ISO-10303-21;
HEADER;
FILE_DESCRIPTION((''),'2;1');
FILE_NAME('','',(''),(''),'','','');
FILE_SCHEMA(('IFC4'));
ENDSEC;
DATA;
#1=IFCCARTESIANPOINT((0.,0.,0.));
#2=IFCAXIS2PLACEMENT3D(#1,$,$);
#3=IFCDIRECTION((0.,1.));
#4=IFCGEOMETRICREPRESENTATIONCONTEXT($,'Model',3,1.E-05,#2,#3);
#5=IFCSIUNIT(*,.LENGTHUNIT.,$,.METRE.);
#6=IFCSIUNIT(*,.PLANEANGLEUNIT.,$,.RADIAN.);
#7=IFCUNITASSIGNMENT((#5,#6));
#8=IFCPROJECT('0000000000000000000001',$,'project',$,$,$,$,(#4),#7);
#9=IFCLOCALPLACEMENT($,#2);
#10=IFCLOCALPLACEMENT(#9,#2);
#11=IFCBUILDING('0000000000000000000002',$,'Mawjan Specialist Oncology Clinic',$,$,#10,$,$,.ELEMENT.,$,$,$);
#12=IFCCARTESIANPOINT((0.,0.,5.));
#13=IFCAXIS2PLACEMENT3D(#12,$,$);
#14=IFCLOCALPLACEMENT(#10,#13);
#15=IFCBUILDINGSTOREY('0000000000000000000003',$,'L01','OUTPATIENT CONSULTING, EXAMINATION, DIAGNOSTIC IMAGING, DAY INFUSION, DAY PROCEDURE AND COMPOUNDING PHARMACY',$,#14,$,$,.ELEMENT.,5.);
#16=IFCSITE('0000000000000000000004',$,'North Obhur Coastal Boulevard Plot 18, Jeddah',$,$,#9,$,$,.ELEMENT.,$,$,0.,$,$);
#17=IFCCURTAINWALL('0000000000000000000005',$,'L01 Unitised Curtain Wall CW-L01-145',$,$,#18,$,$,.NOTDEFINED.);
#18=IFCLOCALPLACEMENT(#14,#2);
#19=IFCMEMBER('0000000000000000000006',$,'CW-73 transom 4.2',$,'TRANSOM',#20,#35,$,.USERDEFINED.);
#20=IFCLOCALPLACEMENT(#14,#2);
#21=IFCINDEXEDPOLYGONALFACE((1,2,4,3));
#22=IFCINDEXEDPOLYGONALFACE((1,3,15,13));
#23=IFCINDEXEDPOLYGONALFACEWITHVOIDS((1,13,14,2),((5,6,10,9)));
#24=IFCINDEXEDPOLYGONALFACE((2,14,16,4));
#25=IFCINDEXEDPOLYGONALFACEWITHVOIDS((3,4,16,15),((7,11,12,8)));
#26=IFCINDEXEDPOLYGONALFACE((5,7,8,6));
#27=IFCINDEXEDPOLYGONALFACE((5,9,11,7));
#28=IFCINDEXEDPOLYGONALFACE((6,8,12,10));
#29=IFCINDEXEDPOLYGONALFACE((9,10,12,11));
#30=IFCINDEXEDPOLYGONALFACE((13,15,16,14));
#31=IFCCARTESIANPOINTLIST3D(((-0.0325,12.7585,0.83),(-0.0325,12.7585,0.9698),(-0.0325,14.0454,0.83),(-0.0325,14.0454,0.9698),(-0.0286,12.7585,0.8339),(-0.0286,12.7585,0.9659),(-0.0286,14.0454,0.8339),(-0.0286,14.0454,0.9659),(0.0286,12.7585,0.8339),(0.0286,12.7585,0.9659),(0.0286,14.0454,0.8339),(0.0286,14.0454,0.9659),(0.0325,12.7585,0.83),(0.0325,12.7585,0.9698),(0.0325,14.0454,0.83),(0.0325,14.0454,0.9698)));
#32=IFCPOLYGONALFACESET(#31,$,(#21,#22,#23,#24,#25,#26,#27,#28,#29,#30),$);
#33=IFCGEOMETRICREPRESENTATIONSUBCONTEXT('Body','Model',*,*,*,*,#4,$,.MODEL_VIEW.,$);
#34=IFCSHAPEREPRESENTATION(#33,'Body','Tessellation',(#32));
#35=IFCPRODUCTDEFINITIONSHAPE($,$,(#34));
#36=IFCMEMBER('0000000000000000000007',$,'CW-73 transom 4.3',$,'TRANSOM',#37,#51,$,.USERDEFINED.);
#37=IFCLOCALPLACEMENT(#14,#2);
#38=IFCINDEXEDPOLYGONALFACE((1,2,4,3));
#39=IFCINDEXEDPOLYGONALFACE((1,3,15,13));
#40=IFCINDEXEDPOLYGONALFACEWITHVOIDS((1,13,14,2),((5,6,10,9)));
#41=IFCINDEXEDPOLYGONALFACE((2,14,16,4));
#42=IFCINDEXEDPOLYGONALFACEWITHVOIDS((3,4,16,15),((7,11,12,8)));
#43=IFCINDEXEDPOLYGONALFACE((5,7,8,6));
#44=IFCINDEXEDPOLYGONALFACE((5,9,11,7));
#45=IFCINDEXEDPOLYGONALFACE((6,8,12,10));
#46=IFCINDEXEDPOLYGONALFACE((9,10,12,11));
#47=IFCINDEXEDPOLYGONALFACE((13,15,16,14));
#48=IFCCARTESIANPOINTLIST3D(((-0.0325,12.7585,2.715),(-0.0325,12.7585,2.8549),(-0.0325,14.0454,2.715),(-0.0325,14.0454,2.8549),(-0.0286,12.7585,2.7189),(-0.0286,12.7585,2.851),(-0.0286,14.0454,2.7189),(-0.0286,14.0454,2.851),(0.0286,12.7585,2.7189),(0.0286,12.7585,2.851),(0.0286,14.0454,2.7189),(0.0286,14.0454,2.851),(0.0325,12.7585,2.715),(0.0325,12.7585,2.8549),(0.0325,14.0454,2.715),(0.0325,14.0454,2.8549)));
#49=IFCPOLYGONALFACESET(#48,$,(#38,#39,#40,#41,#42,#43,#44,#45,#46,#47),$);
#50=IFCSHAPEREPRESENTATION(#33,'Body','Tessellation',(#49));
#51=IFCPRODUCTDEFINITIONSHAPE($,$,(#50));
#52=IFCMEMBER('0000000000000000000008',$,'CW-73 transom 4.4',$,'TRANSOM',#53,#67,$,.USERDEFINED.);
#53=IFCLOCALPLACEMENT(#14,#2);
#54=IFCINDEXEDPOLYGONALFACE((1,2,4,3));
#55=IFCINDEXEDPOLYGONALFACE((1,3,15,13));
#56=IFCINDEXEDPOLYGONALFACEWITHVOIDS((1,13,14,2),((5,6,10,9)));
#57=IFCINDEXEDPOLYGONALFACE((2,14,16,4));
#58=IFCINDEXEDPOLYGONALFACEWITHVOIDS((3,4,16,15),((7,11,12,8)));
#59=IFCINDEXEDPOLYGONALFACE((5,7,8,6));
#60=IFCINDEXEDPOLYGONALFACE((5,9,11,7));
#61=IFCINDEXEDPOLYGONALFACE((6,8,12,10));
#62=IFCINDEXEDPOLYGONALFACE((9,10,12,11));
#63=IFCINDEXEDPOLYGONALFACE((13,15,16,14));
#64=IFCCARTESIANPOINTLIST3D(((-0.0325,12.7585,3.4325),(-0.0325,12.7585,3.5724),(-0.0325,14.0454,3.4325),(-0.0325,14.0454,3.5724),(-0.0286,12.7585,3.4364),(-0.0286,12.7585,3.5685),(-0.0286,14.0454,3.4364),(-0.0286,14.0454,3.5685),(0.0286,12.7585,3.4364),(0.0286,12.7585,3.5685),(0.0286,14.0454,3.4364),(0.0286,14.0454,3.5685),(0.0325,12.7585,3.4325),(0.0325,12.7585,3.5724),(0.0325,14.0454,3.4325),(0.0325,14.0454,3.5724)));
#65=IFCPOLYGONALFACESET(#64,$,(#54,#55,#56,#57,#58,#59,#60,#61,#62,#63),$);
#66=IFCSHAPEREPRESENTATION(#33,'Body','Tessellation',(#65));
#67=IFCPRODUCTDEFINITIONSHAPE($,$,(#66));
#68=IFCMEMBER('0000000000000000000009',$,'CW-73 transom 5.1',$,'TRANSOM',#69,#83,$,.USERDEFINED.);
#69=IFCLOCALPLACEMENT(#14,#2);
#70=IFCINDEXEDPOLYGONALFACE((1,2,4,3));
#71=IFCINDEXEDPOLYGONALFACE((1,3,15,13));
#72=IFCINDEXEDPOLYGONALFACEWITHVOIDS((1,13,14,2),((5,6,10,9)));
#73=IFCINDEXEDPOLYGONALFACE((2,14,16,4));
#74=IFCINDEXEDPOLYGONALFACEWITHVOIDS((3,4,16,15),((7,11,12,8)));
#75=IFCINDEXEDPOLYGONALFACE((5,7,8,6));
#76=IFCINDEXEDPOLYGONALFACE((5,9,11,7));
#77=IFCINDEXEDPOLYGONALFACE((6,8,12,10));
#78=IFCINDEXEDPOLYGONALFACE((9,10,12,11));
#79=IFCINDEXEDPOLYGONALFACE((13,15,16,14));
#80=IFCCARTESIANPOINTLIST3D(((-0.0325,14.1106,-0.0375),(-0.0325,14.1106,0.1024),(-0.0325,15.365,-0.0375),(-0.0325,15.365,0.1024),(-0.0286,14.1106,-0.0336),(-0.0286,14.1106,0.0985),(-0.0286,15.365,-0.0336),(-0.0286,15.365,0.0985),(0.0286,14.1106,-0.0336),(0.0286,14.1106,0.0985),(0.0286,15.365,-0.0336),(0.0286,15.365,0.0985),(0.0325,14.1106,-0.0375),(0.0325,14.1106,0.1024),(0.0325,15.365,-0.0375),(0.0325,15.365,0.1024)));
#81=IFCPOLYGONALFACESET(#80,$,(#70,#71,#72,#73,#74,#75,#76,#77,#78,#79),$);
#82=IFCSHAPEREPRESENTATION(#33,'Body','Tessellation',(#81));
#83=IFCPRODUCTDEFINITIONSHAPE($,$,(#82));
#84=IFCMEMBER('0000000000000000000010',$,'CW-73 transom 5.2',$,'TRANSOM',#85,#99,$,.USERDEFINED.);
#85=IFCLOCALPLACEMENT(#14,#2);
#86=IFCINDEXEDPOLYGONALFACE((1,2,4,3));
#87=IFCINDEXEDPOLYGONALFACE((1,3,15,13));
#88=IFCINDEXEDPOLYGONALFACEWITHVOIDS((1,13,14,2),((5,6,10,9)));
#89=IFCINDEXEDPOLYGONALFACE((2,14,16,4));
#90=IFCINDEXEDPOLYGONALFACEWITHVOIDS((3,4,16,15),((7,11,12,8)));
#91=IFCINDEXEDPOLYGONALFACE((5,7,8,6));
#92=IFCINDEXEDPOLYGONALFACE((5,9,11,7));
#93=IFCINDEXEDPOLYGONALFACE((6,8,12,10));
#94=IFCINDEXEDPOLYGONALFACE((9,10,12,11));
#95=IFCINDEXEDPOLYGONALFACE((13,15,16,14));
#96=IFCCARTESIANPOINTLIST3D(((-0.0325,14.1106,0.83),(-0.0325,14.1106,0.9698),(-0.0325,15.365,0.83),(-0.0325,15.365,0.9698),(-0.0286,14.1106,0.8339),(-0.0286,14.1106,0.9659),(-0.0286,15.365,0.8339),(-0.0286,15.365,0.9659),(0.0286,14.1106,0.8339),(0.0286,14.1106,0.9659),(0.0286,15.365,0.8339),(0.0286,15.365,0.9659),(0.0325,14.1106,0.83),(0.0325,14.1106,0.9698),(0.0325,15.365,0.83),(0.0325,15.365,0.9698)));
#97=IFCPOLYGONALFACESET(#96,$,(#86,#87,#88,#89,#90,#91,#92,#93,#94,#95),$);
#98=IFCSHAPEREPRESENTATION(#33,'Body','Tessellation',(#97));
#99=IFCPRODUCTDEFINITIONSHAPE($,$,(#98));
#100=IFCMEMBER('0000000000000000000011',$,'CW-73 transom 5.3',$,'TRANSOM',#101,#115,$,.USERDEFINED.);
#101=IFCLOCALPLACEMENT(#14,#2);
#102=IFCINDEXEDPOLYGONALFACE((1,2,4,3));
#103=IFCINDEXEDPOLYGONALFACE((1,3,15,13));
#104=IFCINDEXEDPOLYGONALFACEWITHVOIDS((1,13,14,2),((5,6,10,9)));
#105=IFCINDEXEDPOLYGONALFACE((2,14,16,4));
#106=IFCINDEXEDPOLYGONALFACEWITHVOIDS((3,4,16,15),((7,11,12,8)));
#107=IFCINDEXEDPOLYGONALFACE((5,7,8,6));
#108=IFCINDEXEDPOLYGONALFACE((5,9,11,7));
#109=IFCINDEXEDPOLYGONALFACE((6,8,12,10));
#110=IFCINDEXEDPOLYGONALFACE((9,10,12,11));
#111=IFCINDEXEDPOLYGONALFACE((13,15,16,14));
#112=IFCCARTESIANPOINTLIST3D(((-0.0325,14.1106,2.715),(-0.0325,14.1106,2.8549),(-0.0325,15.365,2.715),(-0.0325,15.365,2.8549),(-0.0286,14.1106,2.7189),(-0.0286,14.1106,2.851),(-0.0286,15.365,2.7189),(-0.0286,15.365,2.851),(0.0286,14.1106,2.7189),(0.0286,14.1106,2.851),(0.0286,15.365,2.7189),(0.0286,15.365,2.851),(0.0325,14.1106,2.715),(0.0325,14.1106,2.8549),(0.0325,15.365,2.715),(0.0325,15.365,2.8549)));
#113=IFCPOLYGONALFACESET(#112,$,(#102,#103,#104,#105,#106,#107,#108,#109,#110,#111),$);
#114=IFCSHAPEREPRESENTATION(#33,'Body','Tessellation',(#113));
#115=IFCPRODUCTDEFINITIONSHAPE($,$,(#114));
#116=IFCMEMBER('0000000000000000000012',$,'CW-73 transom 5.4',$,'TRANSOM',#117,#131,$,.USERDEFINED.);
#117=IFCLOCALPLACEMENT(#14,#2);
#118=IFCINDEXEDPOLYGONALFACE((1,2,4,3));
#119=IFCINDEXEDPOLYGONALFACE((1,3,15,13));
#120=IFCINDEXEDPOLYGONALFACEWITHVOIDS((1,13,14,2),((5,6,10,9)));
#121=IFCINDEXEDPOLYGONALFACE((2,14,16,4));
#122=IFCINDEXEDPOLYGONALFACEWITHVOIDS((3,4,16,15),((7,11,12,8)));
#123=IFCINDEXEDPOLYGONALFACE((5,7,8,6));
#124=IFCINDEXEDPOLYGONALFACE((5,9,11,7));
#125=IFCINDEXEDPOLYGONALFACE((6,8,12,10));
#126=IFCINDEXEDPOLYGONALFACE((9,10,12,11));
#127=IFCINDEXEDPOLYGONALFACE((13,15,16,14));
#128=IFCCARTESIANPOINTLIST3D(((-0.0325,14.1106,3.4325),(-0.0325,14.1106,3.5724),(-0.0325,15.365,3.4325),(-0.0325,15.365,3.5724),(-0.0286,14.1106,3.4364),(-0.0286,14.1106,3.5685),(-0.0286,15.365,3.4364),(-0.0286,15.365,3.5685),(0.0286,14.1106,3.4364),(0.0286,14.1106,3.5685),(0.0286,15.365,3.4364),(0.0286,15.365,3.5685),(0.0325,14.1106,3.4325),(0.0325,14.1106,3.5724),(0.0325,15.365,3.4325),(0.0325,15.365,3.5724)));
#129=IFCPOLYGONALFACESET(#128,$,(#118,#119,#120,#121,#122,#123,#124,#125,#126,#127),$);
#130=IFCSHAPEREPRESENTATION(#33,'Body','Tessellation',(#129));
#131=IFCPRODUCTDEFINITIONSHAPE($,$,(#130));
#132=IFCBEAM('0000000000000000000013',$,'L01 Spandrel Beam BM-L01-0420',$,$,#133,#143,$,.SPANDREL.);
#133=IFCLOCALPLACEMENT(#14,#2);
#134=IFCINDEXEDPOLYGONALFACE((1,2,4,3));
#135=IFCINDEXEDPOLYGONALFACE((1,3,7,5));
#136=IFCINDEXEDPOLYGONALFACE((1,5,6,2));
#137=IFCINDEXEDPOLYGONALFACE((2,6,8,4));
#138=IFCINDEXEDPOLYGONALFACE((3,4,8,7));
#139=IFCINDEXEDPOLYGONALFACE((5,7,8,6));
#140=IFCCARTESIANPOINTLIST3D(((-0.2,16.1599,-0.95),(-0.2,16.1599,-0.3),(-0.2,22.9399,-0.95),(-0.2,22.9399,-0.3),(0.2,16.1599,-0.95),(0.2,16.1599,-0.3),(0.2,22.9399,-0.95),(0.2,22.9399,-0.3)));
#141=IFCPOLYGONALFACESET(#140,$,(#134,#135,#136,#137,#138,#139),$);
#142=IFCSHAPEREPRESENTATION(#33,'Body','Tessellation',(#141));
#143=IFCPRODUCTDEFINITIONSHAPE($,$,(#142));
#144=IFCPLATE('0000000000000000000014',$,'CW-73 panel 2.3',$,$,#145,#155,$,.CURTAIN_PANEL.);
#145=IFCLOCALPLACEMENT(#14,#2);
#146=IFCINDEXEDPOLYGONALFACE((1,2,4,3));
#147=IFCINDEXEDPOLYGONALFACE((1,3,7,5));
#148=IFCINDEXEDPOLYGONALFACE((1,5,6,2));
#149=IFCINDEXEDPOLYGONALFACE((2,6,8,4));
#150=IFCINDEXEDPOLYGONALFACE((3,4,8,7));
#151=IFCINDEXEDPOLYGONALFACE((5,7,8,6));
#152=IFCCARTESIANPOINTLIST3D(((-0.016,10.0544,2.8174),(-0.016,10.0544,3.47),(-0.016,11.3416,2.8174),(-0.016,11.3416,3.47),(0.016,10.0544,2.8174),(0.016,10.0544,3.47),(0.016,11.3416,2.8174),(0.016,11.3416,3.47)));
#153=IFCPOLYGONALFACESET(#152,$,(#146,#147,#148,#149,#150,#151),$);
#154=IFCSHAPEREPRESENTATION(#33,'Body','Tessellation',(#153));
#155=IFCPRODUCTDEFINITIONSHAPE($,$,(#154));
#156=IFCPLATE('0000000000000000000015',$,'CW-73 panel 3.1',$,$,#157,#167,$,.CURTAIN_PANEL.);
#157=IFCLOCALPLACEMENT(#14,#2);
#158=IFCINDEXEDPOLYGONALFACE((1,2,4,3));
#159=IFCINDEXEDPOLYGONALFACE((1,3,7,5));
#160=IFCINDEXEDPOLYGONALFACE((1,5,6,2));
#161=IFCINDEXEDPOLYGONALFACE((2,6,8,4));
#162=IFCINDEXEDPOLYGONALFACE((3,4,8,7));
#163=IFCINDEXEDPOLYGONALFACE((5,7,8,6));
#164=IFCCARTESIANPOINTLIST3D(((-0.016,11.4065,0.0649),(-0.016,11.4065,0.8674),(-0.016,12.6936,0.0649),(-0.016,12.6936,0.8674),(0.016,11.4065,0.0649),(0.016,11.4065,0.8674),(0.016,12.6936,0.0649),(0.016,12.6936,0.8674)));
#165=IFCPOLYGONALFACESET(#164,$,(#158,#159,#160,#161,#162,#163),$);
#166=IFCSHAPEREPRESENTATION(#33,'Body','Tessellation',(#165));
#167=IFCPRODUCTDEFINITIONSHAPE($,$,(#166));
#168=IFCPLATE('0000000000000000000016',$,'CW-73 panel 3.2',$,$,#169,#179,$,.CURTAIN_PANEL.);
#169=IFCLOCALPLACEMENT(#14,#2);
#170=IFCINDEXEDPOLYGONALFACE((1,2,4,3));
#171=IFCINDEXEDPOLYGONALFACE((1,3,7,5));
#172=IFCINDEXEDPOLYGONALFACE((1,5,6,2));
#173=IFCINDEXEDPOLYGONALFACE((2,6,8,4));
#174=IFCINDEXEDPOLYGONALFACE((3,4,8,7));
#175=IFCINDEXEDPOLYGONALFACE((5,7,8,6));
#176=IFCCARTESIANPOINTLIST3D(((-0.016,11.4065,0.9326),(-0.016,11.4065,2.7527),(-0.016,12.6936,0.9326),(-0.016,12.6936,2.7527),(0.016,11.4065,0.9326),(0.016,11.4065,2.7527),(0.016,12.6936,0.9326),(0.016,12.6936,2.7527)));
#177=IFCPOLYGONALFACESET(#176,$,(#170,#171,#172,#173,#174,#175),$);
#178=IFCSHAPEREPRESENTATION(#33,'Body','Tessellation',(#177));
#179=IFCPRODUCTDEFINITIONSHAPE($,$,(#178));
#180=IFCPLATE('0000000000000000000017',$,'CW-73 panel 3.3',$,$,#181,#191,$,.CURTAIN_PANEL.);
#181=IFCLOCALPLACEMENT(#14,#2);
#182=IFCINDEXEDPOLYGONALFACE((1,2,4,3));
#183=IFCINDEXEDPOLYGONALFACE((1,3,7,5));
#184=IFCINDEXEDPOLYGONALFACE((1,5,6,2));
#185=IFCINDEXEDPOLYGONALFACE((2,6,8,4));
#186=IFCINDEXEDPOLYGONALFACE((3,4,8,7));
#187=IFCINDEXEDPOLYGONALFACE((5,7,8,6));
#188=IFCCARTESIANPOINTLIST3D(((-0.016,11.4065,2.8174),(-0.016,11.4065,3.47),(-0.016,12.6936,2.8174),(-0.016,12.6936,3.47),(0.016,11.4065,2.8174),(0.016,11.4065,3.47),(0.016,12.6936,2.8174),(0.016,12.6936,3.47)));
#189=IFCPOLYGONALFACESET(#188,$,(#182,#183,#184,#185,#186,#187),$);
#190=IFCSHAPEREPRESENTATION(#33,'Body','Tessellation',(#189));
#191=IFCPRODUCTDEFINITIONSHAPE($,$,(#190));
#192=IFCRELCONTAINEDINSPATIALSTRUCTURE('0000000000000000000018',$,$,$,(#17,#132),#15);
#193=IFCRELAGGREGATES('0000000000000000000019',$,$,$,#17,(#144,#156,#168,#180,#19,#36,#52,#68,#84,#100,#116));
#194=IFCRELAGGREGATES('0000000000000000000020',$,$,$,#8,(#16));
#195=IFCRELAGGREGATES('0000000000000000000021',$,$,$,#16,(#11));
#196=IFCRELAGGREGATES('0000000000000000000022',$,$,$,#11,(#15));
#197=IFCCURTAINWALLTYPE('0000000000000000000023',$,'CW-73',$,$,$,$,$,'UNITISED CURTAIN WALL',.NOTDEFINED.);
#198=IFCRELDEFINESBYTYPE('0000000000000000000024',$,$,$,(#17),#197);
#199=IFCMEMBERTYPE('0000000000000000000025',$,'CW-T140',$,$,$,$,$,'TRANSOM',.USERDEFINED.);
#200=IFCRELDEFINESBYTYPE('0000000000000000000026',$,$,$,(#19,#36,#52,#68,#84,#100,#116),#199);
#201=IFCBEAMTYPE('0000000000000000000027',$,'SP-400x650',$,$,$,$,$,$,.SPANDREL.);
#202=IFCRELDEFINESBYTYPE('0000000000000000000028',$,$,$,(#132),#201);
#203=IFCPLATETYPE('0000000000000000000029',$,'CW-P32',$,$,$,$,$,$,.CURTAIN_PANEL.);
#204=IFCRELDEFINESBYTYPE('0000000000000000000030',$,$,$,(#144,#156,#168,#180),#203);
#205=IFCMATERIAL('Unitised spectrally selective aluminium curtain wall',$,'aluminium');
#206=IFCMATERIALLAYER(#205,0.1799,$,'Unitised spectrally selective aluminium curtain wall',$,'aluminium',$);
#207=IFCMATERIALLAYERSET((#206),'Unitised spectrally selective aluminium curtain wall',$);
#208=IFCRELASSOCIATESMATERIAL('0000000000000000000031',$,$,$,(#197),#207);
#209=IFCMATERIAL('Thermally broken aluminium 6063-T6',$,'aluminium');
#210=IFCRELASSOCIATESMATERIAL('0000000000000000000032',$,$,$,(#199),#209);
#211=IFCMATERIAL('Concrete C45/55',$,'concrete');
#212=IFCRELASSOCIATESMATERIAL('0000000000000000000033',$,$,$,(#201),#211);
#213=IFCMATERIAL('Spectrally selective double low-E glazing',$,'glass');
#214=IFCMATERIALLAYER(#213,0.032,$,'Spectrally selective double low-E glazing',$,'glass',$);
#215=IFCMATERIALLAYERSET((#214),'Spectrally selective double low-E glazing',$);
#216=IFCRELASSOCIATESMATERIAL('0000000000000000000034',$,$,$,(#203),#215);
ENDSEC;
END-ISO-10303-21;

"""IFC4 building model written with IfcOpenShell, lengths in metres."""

from ifc_helpers import new_model, si_unit, direction, frame, origin, origin_2d, place, context, subcontext, project, spatial, rectangle, hollow_rectangle, extrude, material, layer, layer_set, material_profile, profile_set, type_object, element, aggregate, save


model = new_model("IFC4")

# Units and contexts
model_context = context("Model", 3, precision=1e-05, world=origin(), true_north=direction((0.0, 1.0)))
body_context = subcontext(model_context, "Body", "Model", "MODEL_VIEW")
ifc_project = project(units=[si_unit("LENGTHUNIT", "METRE"), si_unit("PLANEANGLEUNIT", "RADIAN")], contexts=[model_context])

# Site, building, storey
site_placement = place(None, origin())
site = spatial("IfcSite", under=ifc_project, at=site_placement, Name="North Obhur Coastal Boulevard Plot 18, Jeddah", CompositionType="ELEMENT", RefElevation=0.0)
building_placement = place(site_placement, origin())
building = spatial("IfcBuilding", under=site, at=building_placement, Name="Mawjan Specialist Oncology Clinic", CompositionType="ELEMENT")
storey_placement = place(building_placement, frame((0.0, 0.0, 5.0)))
storey = spatial("IfcBuildingStorey", under=building, at=storey_placement, Name="L01", Description="OUTPATIENT CONSULTING, EXAMINATION, DIAGNOSTIC IMAGING, DAY INFUSION, DAY PROCEDURE AND COMPOUNDING PHARMACY", CompositionType="ELEMENT", Elevation=5.0)

# Curtain wall, members
ifc_material_1 = material(Name="Unitised spectrally selective aluminium curtain wall", Category="aluminium")
ifc_layer_1 = layer(ifc_material_1, 0.1799, Name="Unitised spectrally selective aluminium curtain wall", Category="aluminium")
ifc_layer_set_1 = layer_set([ifc_layer_1], Name="Unitised spectrally selective aluminium curtain wall")
curtain_wall_type = type_object("IfcCurtainWallType", Name="CW-73", ElementType="UNITISED CURTAIN WALL", PredefinedType="NOTDEFINED", material=ifc_layer_set_1)
curtain_wall_placement = place(storey_placement, origin())
curtain_wall = element("IfcCurtainWall", 1, at=curtain_wall_placement, inside=storey, type_object=curtain_wall_type, Name="L01 Unitised Curtain Wall CW-L01-145", PredefinedType="NOTDEFINED")
ifc_material_2 = material(Name="Thermally broken aluminium 6063-T6", Category="aluminium")
ifc_material_profile_1 = material_profile(ifc_material_2, hollow_rectangle(XDim=0.0649, YDim=0.1399, WallThickness=0.0039, at=origin_2d()), Name="ALU TRANSOM 140x65x4", Category="aluminium")
ifc_profile_set_1 = profile_set([ifc_material_profile_1], Name="Thermally broken aluminium 6063-T6")
member_type_1 = type_object("IfcMemberType", Name="CW-T140", ElementType="TRANSOM", PredefinedType="USERDEFINED", material=ifc_profile_set_1)
member_1_placement = place(storey_placement, frame((0.0, 12.7585, 0.8999), z_axis=(0.0, 1.0, 0.0), x_axis=(-1.0, 0.0, 0.0)))
member_1 = element("IfcMember", 2, at=member_1_placement, type_object=member_type_1, Name="CW-73 transom 4.2", ObjectType="TRANSOM", PredefinedType="USERDEFINED", context=body_context, shape_type="SweptSolid", body=[
    extrude(hollow_rectangle(XDim=0.0649, YDim=0.1399, WallThickness=0.0039, at=origin_2d()), origin(), (0.0, 0.0, 1.0), 1.2869),
])
member_2_placement = place(storey_placement, frame((0.0, 12.7585, 2.7849), z_axis=(0.0, 1.0, 0.0), x_axis=(-1.0, 0.0, 0.0)))
member_2 = element("IfcMember", 3, at=member_2_placement, type_object=member_type_1, Name="CW-73 transom 4.3", ObjectType="TRANSOM", PredefinedType="USERDEFINED", context=body_context, shape_type="SweptSolid", body=[
    extrude(hollow_rectangle(XDim=0.0649, YDim=0.1399, WallThickness=0.0039, at=origin_2d()), origin(), (0.0, 0.0, 1.0), 1.2869),
])
member_3_placement = place(storey_placement, frame((0.0, 12.7585, 3.5024), z_axis=(0.0, 1.0, 0.0), x_axis=(-1.0, 0.0, 0.0)))
member_3 = element("IfcMember", 4, at=member_3_placement, type_object=member_type_1, Name="CW-73 transom 4.4", ObjectType="TRANSOM", PredefinedType="USERDEFINED", context=body_context, shape_type="SweptSolid", body=[
    extrude(hollow_rectangle(XDim=0.0649, YDim=0.1399, WallThickness=0.0039, at=origin_2d()), origin(), (0.0, 0.0, 1.0), 1.2869),
])
member_4_placement = place(storey_placement, frame((0.0, 14.1106, 0.0325), z_axis=(0.0, 1.0, 0.0), x_axis=(-1.0, 0.0, 0.0)))
member_4 = element("IfcMember", 5, at=member_4_placement, type_object=member_type_1, Name="CW-73 transom 5.1", ObjectType="TRANSOM", PredefinedType="USERDEFINED", context=body_context, shape_type="SweptSolid", body=[
    extrude(hollow_rectangle(XDim=0.0649, YDim=0.1399, WallThickness=0.0039, at=origin_2d()), origin(), (0.0, 0.0, 1.0), 1.2544),
])
member_5_placement = place(storey_placement, frame((0.0, 14.1106, 0.8999), z_axis=(0.0, 1.0, 0.0), x_axis=(-1.0, 0.0, 0.0)))
member_5 = element("IfcMember", 6, at=member_5_placement, type_object=member_type_1, Name="CW-73 transom 5.2", ObjectType="TRANSOM", PredefinedType="USERDEFINED", context=body_context, shape_type="SweptSolid", body=[
    extrude(hollow_rectangle(XDim=0.0649, YDim=0.1399, WallThickness=0.0039, at=origin_2d()), origin(), (0.0, 0.0, 1.0), 1.2544),
])
member_6_placement = place(storey_placement, frame((0.0, 14.1106, 2.7849), z_axis=(0.0, 1.0, 0.0), x_axis=(-1.0, 0.0, 0.0)))
member_6 = element("IfcMember", 7, at=member_6_placement, type_object=member_type_1, Name="CW-73 transom 5.3", ObjectType="TRANSOM", PredefinedType="USERDEFINED", context=body_context, shape_type="SweptSolid", body=[
    extrude(hollow_rectangle(XDim=0.0649, YDim=0.1399, WallThickness=0.0039, at=origin_2d()), origin(), (0.0, 0.0, 1.0), 1.2544),
])
member_7_placement = place(storey_placement, frame((0.0, 14.1106, 3.5024), z_axis=(0.0, 1.0, 0.0), x_axis=(-1.0, 0.0, 0.0)))
member_7 = element("IfcMember", 8, at=member_7_placement, type_object=member_type_1, Name="CW-73 transom 5.4", ObjectType="TRANSOM", PredefinedType="USERDEFINED", context=body_context, shape_type="SweptSolid", body=[
    extrude(hollow_rectangle(XDim=0.0649, YDim=0.1399, WallThickness=0.0039, at=origin_2d()), origin(), (0.0, 0.0, 1.0), 1.2544),
])

# Beam
ifc_material_3 = material(Name="Concrete C45/55", Category="concrete")
ifc_material_profile_2 = material_profile(ifc_material_3, rectangle(XDim=0.3999, YDim=0.6499, at=origin_2d()), Name="RC BM 400x650", Category="concrete")
ifc_profile_set_2 = profile_set([ifc_material_profile_2], Name="Concrete C45/55")
beam_type_1 = type_object("IfcBeamType", Name="SP-400x650", PredefinedType="SPANDREL", material=ifc_profile_set_2)
beam_1_placement = place(storey_placement, frame((0.0, 16.1599, -0.625), z_axis=(0.0, 1.0, 0.0), x_axis=(-1.0, 0.0, 0.0)))
element("IfcBeam", 9, at=beam_1_placement, inside=storey, type_object=beam_type_1, Name="L01 Spandrel Beam BM-L01-0420", PredefinedType="SPANDREL", context=body_context, shape_type="SweptSolid", body=[
    extrude(rectangle(XDim=0.3999, YDim=0.6499, at=origin_2d()), origin(), (0.0, 0.0, 1.0), 6.78),
])

# Plates
ifc_material_4 = material(Name="Spectrally selective double low-E glazing", Category="glass")
ifc_layer_2 = layer(ifc_material_4, 0.032, Name="Spectrally selective double low-E glazing", Category="glass")
ifc_layer_set_2 = layer_set([ifc_layer_2], Name="Spectrally selective double low-E glazing")
plate_type = type_object("IfcPlateType", Name="CW-P32", PredefinedType="CURTAIN_PANEL", material=ifc_layer_set_2)
plate_1_placement = place(storey_placement, frame((0.0, 10.698, 2.8174), z_axis=(0.0, 0.0, 1.0), x_axis=(0.0, 1.0, 0.0)))
plate_1 = element("IfcPlate", 10, at=plate_1_placement, type_object=plate_type, Name="CW-73 panel 2.3", PredefinedType="CURTAIN_PANEL", context=body_context, shape_type="SweptSolid", body=[
    extrude(rectangle(XDim=1.2871, YDim=0.032, at=origin_2d()), origin(), (0.0, 0.0, 1.0), 0.6526),
])
plate_2_placement = place(storey_placement, frame((0.0, 12.05, 0.0649), z_axis=(0.0, 0.0, 1.0), x_axis=(0.0, 1.0, 0.0)))
plate_2 = element("IfcPlate", 11, at=plate_2_placement, type_object=plate_type, Name="CW-73 panel 3.1", PredefinedType="CURTAIN_PANEL", context=body_context, shape_type="SweptSolid", body=[
    extrude(rectangle(XDim=1.2871, YDim=0.032, at=origin_2d()), origin(), (0.0, 0.0, 1.0), 0.8025),
])
plate_3_placement = place(storey_placement, frame((0.0, 12.05, 0.9326), z_axis=(0.0, 0.0, 1.0), x_axis=(0.0, 1.0, 0.0)))
plate_3 = element("IfcPlate", 12, at=plate_3_placement, type_object=plate_type, Name="CW-73 panel 3.2", PredefinedType="CURTAIN_PANEL", context=body_context, shape_type="SweptSolid", body=[
    extrude(rectangle(XDim=1.2871, YDim=0.032, at=origin_2d()), origin(), (0.0, 0.0, 1.0), 1.8201),
])
plate_4_placement = place(storey_placement, frame((0.0, 12.05, 2.8174), z_axis=(0.0, 0.0, 1.0), x_axis=(0.0, 1.0, 0.0)))
plate_4 = element("IfcPlate", 13, at=plate_4_placement, type_object=plate_type, Name="CW-73 panel 3.3", PredefinedType="CURTAIN_PANEL", context=body_context, shape_type="SweptSolid", body=[
    extrude(rectangle(XDim=1.2871, YDim=0.032, at=origin_2d()), origin(), (0.0, 0.0, 1.0), 0.6526),
])
aggregate(curtain_wall, [plate_1, plate_2, plate_3, plate_4, member_1, member_2, member_3, member_4, member_5, member_6, member_7])

save(model, "model.ifc")
